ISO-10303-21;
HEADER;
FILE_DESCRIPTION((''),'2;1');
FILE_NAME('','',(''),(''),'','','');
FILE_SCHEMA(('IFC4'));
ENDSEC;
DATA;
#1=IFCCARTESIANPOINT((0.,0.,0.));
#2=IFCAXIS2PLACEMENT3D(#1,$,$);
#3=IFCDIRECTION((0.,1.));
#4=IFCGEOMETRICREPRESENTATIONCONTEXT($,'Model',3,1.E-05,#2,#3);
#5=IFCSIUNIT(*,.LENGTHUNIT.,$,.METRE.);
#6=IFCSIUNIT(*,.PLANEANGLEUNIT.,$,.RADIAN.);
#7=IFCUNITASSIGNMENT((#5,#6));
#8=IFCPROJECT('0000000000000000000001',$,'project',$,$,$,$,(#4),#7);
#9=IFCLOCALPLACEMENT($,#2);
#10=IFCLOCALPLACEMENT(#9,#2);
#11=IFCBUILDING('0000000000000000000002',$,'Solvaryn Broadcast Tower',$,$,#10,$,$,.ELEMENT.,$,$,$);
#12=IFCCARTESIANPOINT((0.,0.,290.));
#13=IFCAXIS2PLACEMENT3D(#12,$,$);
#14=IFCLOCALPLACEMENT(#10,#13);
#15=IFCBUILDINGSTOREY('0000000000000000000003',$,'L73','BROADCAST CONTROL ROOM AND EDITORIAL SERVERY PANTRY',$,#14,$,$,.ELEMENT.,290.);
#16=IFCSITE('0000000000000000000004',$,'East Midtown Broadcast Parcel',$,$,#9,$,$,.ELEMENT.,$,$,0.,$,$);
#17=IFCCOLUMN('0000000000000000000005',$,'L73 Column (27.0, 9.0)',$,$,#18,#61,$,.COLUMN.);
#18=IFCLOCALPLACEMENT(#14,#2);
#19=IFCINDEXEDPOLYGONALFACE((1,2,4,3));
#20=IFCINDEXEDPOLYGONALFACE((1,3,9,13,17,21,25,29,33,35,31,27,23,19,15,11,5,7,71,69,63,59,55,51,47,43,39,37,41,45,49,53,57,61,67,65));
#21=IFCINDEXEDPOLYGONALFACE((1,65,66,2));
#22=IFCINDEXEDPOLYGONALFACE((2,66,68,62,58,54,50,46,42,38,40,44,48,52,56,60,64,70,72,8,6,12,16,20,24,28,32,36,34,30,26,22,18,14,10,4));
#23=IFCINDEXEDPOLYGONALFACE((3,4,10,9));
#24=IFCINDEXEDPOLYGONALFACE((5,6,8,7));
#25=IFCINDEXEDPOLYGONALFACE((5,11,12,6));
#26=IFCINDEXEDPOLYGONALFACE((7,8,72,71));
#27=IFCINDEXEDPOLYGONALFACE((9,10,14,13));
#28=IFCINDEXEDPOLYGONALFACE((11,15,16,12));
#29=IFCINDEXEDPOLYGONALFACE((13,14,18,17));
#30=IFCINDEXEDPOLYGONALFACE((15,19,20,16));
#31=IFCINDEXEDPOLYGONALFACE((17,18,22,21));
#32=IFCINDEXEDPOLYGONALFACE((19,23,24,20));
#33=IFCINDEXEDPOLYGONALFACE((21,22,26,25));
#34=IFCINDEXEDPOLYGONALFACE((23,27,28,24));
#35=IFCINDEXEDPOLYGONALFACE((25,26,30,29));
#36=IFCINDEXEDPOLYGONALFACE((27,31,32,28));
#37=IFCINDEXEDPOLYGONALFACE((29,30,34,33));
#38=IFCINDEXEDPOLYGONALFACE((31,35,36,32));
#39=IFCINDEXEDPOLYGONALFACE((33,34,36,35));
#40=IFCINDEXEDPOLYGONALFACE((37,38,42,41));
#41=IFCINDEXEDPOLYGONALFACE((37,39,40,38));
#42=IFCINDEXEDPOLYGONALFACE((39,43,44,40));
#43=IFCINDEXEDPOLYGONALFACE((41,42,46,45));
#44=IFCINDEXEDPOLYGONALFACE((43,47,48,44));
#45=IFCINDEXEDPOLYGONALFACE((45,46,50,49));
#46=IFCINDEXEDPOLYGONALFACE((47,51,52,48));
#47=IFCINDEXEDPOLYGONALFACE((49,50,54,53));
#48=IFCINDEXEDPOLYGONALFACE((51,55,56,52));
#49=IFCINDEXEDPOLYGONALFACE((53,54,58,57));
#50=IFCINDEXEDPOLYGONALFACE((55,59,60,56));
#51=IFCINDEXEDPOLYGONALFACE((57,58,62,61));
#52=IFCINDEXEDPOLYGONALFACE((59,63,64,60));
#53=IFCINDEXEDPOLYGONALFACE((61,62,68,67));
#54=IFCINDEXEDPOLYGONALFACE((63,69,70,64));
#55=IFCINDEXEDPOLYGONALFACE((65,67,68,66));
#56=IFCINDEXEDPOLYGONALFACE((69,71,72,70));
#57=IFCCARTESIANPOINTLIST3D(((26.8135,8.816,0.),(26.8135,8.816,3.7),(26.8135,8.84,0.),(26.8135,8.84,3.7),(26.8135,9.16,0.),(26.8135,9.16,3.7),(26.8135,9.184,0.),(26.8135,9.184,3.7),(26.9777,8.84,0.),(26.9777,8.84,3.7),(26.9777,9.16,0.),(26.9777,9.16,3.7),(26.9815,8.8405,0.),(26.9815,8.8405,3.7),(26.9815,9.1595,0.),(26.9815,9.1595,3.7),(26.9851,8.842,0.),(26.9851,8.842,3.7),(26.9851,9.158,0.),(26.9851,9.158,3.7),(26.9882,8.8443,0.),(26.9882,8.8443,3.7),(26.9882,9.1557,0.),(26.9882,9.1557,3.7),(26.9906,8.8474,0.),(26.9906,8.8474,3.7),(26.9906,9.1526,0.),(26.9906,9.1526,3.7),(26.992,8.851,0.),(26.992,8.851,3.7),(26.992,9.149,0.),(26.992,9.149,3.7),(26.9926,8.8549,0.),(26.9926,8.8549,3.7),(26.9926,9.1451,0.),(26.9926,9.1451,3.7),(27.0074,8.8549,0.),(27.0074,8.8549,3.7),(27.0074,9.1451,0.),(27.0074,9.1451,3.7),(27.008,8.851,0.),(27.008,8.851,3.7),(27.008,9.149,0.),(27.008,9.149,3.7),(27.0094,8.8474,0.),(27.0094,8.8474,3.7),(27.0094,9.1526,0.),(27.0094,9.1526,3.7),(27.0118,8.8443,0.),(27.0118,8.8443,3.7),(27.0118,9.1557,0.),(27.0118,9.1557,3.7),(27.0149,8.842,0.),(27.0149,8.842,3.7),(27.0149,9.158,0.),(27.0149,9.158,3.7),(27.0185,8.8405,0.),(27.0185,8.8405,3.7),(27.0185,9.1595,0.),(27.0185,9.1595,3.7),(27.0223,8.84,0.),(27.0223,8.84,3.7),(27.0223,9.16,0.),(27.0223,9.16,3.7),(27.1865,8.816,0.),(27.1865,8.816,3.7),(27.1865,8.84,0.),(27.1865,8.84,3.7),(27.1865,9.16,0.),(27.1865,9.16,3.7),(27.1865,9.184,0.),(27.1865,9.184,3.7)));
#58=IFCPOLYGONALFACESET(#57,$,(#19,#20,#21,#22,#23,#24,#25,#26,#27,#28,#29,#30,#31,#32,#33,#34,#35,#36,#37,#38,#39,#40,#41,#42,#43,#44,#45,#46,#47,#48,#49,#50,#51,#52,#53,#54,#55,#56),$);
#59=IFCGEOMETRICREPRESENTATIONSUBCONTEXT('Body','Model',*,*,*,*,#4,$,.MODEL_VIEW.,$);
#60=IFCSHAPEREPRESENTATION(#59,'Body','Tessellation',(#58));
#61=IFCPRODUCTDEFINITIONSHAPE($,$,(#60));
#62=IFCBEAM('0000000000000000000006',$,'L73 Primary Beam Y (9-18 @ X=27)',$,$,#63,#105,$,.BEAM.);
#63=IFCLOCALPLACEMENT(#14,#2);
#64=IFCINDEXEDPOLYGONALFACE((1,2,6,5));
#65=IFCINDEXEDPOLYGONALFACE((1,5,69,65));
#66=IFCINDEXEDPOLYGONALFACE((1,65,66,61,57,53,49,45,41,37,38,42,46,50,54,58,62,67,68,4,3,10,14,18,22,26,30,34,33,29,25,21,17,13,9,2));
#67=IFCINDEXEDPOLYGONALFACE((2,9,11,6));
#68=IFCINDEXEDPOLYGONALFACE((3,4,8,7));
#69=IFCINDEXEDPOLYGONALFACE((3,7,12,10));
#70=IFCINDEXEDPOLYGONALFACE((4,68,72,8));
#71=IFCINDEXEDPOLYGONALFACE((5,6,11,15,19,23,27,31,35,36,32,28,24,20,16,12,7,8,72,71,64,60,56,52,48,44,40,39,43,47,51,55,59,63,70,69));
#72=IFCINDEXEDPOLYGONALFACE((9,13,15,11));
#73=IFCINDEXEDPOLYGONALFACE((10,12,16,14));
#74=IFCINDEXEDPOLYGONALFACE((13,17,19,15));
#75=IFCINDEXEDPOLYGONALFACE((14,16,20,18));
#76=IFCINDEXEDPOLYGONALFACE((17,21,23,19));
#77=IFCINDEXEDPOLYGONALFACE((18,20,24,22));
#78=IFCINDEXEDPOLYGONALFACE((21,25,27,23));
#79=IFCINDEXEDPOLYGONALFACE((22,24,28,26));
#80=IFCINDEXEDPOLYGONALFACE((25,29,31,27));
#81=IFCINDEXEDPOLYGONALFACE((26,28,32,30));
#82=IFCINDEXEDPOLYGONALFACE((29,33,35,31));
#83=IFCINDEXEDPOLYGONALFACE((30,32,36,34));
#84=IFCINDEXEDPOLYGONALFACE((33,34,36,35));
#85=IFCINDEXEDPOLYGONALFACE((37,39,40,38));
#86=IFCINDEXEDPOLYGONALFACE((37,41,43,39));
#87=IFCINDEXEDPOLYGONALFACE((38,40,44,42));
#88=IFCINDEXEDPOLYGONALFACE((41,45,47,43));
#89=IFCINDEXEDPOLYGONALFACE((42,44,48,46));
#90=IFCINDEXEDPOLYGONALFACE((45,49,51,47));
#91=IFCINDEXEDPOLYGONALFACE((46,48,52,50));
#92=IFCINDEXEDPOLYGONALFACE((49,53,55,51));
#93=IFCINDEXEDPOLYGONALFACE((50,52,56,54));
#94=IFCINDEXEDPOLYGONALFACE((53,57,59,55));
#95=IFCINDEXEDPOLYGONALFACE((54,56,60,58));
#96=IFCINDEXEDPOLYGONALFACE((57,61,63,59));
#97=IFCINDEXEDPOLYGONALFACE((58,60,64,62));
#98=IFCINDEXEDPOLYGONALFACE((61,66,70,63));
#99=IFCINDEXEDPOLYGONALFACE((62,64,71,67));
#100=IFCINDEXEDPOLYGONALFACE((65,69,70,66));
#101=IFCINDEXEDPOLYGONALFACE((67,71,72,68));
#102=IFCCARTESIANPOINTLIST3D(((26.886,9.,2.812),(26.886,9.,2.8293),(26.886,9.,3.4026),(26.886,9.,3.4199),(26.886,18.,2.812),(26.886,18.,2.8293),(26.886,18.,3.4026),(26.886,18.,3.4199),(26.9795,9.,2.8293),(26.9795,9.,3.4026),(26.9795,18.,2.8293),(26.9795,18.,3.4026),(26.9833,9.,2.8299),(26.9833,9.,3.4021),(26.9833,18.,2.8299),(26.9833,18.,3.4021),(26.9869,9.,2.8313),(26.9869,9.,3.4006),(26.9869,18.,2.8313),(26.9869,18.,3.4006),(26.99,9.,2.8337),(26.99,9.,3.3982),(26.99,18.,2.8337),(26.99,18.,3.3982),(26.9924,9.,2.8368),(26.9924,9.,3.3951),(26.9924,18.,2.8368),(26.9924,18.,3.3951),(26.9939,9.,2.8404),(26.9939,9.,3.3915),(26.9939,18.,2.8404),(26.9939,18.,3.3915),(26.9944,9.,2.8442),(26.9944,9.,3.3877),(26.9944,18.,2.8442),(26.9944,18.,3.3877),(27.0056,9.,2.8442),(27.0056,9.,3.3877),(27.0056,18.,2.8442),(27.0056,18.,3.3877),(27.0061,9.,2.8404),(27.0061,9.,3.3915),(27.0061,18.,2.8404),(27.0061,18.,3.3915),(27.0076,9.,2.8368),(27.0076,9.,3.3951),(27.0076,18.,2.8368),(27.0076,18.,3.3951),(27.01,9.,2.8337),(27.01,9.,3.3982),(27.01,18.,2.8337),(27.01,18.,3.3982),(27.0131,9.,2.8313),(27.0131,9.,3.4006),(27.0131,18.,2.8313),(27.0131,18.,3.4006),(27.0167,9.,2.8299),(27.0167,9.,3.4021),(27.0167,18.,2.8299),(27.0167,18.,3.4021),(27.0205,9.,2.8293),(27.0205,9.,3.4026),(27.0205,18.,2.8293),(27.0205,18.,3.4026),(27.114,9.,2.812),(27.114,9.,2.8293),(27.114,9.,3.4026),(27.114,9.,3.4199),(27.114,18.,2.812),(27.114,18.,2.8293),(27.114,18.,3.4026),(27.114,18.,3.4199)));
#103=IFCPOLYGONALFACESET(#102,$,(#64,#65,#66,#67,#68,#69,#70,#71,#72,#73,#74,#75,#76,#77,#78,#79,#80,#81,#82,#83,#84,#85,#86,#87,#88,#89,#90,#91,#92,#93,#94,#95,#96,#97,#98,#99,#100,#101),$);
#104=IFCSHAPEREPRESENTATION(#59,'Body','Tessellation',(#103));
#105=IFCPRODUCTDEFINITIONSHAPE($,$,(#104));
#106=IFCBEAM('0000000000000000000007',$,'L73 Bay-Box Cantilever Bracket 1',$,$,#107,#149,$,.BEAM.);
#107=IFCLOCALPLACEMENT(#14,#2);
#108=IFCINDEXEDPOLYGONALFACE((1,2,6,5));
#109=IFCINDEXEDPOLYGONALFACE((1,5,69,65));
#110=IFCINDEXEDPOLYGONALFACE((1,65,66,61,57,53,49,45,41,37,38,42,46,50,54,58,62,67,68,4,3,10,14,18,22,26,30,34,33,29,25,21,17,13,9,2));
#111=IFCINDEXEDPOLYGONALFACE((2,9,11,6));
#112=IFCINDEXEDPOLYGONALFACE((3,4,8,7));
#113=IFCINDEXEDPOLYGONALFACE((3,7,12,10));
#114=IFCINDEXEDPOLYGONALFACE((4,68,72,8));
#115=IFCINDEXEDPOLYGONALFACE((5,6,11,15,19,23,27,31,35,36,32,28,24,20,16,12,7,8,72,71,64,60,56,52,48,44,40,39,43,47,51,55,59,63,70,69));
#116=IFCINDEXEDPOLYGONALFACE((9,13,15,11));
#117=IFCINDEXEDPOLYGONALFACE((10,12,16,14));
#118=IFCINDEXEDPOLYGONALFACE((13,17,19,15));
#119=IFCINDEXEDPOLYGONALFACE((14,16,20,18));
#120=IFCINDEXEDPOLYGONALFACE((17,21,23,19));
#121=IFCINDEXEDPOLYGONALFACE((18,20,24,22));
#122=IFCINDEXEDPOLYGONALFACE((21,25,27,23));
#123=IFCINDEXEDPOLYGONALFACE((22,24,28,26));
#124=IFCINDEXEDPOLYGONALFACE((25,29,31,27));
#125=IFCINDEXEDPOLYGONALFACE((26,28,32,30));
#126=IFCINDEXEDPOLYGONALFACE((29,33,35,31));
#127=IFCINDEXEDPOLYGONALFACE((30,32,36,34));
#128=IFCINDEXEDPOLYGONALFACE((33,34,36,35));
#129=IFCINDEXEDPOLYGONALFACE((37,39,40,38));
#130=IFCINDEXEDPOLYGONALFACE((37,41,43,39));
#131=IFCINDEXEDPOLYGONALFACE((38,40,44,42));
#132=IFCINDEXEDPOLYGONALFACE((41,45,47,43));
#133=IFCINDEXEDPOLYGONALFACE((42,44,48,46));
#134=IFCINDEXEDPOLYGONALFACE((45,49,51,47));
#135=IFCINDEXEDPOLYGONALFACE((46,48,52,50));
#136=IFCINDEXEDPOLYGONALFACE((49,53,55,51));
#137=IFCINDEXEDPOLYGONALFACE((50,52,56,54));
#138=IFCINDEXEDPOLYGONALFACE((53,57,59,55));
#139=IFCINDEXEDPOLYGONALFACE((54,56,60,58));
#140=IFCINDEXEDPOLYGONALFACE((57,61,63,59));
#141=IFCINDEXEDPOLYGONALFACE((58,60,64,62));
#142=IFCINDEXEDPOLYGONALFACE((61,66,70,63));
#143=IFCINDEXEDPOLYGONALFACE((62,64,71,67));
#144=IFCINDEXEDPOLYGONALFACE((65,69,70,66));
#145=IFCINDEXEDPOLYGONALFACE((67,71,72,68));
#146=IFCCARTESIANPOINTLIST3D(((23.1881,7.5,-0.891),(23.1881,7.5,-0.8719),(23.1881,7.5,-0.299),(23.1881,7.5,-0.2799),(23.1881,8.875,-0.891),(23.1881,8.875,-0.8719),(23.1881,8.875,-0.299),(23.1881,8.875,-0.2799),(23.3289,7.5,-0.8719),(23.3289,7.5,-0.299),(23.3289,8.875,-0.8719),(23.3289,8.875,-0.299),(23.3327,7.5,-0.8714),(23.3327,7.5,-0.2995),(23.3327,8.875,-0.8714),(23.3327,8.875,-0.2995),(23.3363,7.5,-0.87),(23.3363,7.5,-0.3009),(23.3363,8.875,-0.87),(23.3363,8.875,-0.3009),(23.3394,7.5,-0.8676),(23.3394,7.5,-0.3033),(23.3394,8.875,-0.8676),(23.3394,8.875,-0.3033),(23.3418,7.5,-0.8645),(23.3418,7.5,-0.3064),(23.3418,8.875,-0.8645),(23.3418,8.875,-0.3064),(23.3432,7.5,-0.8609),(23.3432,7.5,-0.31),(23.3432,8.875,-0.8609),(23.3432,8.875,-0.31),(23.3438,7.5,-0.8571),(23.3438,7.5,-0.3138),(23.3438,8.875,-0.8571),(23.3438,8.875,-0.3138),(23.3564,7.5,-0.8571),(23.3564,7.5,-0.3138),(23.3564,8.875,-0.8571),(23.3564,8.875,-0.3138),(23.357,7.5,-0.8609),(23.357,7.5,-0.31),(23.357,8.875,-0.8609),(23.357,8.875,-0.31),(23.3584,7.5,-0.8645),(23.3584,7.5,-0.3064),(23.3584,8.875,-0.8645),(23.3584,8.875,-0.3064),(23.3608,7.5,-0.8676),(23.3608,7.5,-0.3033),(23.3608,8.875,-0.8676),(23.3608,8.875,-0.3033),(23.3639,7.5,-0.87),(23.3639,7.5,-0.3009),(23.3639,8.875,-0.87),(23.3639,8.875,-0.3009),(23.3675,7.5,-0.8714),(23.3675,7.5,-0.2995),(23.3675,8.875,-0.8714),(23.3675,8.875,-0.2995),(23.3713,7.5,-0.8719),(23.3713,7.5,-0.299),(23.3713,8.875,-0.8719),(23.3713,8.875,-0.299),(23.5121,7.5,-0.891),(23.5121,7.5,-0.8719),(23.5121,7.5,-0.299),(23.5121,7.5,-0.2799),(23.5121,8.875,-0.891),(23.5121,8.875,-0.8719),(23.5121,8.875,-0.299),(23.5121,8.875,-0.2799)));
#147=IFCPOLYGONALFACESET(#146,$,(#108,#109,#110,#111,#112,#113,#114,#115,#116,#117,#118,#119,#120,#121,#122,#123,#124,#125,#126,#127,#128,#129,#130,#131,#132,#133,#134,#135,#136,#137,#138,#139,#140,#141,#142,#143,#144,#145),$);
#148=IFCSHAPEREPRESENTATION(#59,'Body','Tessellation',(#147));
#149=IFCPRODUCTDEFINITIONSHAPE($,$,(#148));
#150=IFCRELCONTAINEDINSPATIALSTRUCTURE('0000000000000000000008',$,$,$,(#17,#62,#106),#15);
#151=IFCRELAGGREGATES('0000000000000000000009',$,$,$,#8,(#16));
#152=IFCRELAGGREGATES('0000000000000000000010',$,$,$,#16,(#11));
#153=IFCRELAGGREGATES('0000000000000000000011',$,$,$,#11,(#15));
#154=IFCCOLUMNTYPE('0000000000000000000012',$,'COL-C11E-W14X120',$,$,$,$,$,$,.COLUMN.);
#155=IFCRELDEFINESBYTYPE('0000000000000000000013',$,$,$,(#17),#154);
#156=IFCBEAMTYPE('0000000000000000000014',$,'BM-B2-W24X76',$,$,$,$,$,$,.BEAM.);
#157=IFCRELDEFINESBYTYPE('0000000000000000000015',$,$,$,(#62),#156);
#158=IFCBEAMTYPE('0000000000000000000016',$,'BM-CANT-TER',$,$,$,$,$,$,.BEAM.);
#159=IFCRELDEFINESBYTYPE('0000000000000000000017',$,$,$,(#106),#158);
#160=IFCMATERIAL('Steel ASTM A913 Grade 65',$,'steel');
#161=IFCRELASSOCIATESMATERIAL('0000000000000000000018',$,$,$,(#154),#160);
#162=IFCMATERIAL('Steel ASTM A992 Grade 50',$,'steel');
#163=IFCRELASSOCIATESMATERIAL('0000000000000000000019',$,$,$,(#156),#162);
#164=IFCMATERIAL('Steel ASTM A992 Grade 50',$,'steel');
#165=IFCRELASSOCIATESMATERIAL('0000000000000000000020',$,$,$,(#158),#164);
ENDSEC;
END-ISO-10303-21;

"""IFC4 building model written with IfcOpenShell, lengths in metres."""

from ifc_helpers import new_model, si_unit, direction, frame, origin, origin_2d, place, context, subcontext, project, spatial, i_section, extrude, material, material_profile, profile_set, type_object, element, save


model = new_model("IFC4")

# Units and contexts
model_context = context("Model", 3, precision=1e-05, world=origin(), true_north=direction((0.0, 1.0)))
body_context = subcontext(model_context, "Body", "Model", "MODEL_VIEW")
ifc_project = project(units=[si_unit("LENGTHUNIT", "METRE"), si_unit("PLANEANGLEUNIT", "RADIAN")], contexts=[model_context])

# Site, building, storey
site_placement = place(None, origin())
site = spatial("IfcSite", under=ifc_project, at=site_placement, Name="East Midtown Broadcast Parcel", CompositionType="ELEMENT", RefElevation=0.0)
building_placement = place(site_placement, origin())
building = spatial("IfcBuilding", under=site, at=building_placement, Name="Solvaryn Broadcast Tower", CompositionType="ELEMENT")
storey_placement = place(building_placement, frame((0.0, 0.0, 290.0)))
storey = spatial("IfcBuildingStorey", under=building, at=storey_placement, Name="L73", Description="BROADCAST CONTROL ROOM AND EDITORIAL SERVERY PANTRY", CompositionType="ELEMENT", Elevation=290.0)

# Column
ifc_material_1 = material(Name="Steel ASTM A913 Grade 65", Category="steel")
ifc_material_profile_1 = material_profile(ifc_material_1, i_section(OverallWidth=0.373, OverallDepth=0.3679, WebThickness=0.0149, FlangeThickness=0.0239, FilletRadius=0.0149, at=origin_2d()))
ifc_profile_set_1 = profile_set([ifc_material_profile_1], Name="Steel ASTM A913 Grade 65")
column_type = type_object("IfcColumnType", Name="COL-C11E-W14X120", PredefinedType="COLUMN", material=ifc_profile_set_1)
column_placement = place(storey_placement, frame((27.0, 9.0, 0.0), z_axis=(0.0, 0.0, 1.0), x_axis=(1.0, 0.0, 0.0)))
element("IfcColumn", 1, at=column_placement, inside=storey, type_object=column_type, Name="L73 Column (27.0, 9.0)", PredefinedType="COLUMN", context=body_context, shape_type="SweptSolid", body=[
    extrude(i_section(OverallWidth=0.373, OverallDepth=0.3679, WebThickness=0.0149, FlangeThickness=0.0239, FilletRadius=0.0149, at=origin_2d()), origin(), (0.0, 0.0, 1.0), 3.7),
])

# Beams
ifc_material_2 = material(Name="Steel ASTM A992 Grade 50", Category="steel")
ifc_material_profile_2 = material_profile(ifc_material_2, i_section(OverallWidth=0.228, OverallDepth=0.6079, WebThickness=0.0112, FlangeThickness=0.0173, FilletRadius=0.0149, at=origin_2d()))
ifc_profile_set_2 = profile_set([ifc_material_profile_2], Name="Steel ASTM A992 Grade 50")
beam_type_1 = type_object("IfcBeamType", Name="BM-B2-W24X76", PredefinedType="BEAM", material=ifc_profile_set_2)
beam_1_placement = place(storey_placement, frame((27.0, 9.0, 3.116), z_axis=(0.0, 1.0, 0.0), x_axis=(-1.0, 0.0, 0.0)))
element("IfcBeam", 2, at=beam_1_placement, inside=storey, type_object=beam_type_1, Name="L73 Primary Beam Y (9-18 @ X=27)", PredefinedType="BEAM", context=body_context, shape_type="SweptSolid", body=[
    extrude(i_section(OverallWidth=0.228, OverallDepth=0.6079, WebThickness=0.0112, FlangeThickness=0.0173, FilletRadius=0.0149, at=origin_2d()), origin(), (0.0, 0.0, 1.0), 9.0),
])
ifc_material_3 = material(Name="Steel ASTM A992 Grade 50", Category="steel")
ifc_material_profile_3 = material_profile(ifc_material_3, i_section(OverallWidth=0.324, OverallDepth=0.6111, WebThickness=0.0127, FlangeThickness=0.019, FilletRadius=0.0149, at=origin_2d()))
ifc_profile_set_3 = profile_set([ifc_material_profile_3], Name="Steel ASTM A992 Grade 50")
beam_type_2 = type_object("IfcBeamType", Name="BM-CANT-TER", PredefinedType="BEAM", material=ifc_profile_set_3)
beam_2_placement = place(storey_placement, frame((23.3501, 8.875, -0.5854), z_axis=(0.0, -1.0, 0.0), x_axis=(1.0, 0.0, 0.0)))
element("IfcBeam", 3, at=beam_2_placement, inside=storey, type_object=beam_type_2, Name="L73 Bay-Box Cantilever Bracket 1", PredefinedType="BEAM", context=body_context, shape_type="SweptSolid", body=[
    extrude(i_section(OverallWidth=0.324, OverallDepth=0.6111, WebThickness=0.0127, FlangeThickness=0.019, FilletRadius=0.0149, at=origin_2d()), origin(), (0.0, 0.0, 1.0), 1.375),
])

save(model, "model.ifc")
